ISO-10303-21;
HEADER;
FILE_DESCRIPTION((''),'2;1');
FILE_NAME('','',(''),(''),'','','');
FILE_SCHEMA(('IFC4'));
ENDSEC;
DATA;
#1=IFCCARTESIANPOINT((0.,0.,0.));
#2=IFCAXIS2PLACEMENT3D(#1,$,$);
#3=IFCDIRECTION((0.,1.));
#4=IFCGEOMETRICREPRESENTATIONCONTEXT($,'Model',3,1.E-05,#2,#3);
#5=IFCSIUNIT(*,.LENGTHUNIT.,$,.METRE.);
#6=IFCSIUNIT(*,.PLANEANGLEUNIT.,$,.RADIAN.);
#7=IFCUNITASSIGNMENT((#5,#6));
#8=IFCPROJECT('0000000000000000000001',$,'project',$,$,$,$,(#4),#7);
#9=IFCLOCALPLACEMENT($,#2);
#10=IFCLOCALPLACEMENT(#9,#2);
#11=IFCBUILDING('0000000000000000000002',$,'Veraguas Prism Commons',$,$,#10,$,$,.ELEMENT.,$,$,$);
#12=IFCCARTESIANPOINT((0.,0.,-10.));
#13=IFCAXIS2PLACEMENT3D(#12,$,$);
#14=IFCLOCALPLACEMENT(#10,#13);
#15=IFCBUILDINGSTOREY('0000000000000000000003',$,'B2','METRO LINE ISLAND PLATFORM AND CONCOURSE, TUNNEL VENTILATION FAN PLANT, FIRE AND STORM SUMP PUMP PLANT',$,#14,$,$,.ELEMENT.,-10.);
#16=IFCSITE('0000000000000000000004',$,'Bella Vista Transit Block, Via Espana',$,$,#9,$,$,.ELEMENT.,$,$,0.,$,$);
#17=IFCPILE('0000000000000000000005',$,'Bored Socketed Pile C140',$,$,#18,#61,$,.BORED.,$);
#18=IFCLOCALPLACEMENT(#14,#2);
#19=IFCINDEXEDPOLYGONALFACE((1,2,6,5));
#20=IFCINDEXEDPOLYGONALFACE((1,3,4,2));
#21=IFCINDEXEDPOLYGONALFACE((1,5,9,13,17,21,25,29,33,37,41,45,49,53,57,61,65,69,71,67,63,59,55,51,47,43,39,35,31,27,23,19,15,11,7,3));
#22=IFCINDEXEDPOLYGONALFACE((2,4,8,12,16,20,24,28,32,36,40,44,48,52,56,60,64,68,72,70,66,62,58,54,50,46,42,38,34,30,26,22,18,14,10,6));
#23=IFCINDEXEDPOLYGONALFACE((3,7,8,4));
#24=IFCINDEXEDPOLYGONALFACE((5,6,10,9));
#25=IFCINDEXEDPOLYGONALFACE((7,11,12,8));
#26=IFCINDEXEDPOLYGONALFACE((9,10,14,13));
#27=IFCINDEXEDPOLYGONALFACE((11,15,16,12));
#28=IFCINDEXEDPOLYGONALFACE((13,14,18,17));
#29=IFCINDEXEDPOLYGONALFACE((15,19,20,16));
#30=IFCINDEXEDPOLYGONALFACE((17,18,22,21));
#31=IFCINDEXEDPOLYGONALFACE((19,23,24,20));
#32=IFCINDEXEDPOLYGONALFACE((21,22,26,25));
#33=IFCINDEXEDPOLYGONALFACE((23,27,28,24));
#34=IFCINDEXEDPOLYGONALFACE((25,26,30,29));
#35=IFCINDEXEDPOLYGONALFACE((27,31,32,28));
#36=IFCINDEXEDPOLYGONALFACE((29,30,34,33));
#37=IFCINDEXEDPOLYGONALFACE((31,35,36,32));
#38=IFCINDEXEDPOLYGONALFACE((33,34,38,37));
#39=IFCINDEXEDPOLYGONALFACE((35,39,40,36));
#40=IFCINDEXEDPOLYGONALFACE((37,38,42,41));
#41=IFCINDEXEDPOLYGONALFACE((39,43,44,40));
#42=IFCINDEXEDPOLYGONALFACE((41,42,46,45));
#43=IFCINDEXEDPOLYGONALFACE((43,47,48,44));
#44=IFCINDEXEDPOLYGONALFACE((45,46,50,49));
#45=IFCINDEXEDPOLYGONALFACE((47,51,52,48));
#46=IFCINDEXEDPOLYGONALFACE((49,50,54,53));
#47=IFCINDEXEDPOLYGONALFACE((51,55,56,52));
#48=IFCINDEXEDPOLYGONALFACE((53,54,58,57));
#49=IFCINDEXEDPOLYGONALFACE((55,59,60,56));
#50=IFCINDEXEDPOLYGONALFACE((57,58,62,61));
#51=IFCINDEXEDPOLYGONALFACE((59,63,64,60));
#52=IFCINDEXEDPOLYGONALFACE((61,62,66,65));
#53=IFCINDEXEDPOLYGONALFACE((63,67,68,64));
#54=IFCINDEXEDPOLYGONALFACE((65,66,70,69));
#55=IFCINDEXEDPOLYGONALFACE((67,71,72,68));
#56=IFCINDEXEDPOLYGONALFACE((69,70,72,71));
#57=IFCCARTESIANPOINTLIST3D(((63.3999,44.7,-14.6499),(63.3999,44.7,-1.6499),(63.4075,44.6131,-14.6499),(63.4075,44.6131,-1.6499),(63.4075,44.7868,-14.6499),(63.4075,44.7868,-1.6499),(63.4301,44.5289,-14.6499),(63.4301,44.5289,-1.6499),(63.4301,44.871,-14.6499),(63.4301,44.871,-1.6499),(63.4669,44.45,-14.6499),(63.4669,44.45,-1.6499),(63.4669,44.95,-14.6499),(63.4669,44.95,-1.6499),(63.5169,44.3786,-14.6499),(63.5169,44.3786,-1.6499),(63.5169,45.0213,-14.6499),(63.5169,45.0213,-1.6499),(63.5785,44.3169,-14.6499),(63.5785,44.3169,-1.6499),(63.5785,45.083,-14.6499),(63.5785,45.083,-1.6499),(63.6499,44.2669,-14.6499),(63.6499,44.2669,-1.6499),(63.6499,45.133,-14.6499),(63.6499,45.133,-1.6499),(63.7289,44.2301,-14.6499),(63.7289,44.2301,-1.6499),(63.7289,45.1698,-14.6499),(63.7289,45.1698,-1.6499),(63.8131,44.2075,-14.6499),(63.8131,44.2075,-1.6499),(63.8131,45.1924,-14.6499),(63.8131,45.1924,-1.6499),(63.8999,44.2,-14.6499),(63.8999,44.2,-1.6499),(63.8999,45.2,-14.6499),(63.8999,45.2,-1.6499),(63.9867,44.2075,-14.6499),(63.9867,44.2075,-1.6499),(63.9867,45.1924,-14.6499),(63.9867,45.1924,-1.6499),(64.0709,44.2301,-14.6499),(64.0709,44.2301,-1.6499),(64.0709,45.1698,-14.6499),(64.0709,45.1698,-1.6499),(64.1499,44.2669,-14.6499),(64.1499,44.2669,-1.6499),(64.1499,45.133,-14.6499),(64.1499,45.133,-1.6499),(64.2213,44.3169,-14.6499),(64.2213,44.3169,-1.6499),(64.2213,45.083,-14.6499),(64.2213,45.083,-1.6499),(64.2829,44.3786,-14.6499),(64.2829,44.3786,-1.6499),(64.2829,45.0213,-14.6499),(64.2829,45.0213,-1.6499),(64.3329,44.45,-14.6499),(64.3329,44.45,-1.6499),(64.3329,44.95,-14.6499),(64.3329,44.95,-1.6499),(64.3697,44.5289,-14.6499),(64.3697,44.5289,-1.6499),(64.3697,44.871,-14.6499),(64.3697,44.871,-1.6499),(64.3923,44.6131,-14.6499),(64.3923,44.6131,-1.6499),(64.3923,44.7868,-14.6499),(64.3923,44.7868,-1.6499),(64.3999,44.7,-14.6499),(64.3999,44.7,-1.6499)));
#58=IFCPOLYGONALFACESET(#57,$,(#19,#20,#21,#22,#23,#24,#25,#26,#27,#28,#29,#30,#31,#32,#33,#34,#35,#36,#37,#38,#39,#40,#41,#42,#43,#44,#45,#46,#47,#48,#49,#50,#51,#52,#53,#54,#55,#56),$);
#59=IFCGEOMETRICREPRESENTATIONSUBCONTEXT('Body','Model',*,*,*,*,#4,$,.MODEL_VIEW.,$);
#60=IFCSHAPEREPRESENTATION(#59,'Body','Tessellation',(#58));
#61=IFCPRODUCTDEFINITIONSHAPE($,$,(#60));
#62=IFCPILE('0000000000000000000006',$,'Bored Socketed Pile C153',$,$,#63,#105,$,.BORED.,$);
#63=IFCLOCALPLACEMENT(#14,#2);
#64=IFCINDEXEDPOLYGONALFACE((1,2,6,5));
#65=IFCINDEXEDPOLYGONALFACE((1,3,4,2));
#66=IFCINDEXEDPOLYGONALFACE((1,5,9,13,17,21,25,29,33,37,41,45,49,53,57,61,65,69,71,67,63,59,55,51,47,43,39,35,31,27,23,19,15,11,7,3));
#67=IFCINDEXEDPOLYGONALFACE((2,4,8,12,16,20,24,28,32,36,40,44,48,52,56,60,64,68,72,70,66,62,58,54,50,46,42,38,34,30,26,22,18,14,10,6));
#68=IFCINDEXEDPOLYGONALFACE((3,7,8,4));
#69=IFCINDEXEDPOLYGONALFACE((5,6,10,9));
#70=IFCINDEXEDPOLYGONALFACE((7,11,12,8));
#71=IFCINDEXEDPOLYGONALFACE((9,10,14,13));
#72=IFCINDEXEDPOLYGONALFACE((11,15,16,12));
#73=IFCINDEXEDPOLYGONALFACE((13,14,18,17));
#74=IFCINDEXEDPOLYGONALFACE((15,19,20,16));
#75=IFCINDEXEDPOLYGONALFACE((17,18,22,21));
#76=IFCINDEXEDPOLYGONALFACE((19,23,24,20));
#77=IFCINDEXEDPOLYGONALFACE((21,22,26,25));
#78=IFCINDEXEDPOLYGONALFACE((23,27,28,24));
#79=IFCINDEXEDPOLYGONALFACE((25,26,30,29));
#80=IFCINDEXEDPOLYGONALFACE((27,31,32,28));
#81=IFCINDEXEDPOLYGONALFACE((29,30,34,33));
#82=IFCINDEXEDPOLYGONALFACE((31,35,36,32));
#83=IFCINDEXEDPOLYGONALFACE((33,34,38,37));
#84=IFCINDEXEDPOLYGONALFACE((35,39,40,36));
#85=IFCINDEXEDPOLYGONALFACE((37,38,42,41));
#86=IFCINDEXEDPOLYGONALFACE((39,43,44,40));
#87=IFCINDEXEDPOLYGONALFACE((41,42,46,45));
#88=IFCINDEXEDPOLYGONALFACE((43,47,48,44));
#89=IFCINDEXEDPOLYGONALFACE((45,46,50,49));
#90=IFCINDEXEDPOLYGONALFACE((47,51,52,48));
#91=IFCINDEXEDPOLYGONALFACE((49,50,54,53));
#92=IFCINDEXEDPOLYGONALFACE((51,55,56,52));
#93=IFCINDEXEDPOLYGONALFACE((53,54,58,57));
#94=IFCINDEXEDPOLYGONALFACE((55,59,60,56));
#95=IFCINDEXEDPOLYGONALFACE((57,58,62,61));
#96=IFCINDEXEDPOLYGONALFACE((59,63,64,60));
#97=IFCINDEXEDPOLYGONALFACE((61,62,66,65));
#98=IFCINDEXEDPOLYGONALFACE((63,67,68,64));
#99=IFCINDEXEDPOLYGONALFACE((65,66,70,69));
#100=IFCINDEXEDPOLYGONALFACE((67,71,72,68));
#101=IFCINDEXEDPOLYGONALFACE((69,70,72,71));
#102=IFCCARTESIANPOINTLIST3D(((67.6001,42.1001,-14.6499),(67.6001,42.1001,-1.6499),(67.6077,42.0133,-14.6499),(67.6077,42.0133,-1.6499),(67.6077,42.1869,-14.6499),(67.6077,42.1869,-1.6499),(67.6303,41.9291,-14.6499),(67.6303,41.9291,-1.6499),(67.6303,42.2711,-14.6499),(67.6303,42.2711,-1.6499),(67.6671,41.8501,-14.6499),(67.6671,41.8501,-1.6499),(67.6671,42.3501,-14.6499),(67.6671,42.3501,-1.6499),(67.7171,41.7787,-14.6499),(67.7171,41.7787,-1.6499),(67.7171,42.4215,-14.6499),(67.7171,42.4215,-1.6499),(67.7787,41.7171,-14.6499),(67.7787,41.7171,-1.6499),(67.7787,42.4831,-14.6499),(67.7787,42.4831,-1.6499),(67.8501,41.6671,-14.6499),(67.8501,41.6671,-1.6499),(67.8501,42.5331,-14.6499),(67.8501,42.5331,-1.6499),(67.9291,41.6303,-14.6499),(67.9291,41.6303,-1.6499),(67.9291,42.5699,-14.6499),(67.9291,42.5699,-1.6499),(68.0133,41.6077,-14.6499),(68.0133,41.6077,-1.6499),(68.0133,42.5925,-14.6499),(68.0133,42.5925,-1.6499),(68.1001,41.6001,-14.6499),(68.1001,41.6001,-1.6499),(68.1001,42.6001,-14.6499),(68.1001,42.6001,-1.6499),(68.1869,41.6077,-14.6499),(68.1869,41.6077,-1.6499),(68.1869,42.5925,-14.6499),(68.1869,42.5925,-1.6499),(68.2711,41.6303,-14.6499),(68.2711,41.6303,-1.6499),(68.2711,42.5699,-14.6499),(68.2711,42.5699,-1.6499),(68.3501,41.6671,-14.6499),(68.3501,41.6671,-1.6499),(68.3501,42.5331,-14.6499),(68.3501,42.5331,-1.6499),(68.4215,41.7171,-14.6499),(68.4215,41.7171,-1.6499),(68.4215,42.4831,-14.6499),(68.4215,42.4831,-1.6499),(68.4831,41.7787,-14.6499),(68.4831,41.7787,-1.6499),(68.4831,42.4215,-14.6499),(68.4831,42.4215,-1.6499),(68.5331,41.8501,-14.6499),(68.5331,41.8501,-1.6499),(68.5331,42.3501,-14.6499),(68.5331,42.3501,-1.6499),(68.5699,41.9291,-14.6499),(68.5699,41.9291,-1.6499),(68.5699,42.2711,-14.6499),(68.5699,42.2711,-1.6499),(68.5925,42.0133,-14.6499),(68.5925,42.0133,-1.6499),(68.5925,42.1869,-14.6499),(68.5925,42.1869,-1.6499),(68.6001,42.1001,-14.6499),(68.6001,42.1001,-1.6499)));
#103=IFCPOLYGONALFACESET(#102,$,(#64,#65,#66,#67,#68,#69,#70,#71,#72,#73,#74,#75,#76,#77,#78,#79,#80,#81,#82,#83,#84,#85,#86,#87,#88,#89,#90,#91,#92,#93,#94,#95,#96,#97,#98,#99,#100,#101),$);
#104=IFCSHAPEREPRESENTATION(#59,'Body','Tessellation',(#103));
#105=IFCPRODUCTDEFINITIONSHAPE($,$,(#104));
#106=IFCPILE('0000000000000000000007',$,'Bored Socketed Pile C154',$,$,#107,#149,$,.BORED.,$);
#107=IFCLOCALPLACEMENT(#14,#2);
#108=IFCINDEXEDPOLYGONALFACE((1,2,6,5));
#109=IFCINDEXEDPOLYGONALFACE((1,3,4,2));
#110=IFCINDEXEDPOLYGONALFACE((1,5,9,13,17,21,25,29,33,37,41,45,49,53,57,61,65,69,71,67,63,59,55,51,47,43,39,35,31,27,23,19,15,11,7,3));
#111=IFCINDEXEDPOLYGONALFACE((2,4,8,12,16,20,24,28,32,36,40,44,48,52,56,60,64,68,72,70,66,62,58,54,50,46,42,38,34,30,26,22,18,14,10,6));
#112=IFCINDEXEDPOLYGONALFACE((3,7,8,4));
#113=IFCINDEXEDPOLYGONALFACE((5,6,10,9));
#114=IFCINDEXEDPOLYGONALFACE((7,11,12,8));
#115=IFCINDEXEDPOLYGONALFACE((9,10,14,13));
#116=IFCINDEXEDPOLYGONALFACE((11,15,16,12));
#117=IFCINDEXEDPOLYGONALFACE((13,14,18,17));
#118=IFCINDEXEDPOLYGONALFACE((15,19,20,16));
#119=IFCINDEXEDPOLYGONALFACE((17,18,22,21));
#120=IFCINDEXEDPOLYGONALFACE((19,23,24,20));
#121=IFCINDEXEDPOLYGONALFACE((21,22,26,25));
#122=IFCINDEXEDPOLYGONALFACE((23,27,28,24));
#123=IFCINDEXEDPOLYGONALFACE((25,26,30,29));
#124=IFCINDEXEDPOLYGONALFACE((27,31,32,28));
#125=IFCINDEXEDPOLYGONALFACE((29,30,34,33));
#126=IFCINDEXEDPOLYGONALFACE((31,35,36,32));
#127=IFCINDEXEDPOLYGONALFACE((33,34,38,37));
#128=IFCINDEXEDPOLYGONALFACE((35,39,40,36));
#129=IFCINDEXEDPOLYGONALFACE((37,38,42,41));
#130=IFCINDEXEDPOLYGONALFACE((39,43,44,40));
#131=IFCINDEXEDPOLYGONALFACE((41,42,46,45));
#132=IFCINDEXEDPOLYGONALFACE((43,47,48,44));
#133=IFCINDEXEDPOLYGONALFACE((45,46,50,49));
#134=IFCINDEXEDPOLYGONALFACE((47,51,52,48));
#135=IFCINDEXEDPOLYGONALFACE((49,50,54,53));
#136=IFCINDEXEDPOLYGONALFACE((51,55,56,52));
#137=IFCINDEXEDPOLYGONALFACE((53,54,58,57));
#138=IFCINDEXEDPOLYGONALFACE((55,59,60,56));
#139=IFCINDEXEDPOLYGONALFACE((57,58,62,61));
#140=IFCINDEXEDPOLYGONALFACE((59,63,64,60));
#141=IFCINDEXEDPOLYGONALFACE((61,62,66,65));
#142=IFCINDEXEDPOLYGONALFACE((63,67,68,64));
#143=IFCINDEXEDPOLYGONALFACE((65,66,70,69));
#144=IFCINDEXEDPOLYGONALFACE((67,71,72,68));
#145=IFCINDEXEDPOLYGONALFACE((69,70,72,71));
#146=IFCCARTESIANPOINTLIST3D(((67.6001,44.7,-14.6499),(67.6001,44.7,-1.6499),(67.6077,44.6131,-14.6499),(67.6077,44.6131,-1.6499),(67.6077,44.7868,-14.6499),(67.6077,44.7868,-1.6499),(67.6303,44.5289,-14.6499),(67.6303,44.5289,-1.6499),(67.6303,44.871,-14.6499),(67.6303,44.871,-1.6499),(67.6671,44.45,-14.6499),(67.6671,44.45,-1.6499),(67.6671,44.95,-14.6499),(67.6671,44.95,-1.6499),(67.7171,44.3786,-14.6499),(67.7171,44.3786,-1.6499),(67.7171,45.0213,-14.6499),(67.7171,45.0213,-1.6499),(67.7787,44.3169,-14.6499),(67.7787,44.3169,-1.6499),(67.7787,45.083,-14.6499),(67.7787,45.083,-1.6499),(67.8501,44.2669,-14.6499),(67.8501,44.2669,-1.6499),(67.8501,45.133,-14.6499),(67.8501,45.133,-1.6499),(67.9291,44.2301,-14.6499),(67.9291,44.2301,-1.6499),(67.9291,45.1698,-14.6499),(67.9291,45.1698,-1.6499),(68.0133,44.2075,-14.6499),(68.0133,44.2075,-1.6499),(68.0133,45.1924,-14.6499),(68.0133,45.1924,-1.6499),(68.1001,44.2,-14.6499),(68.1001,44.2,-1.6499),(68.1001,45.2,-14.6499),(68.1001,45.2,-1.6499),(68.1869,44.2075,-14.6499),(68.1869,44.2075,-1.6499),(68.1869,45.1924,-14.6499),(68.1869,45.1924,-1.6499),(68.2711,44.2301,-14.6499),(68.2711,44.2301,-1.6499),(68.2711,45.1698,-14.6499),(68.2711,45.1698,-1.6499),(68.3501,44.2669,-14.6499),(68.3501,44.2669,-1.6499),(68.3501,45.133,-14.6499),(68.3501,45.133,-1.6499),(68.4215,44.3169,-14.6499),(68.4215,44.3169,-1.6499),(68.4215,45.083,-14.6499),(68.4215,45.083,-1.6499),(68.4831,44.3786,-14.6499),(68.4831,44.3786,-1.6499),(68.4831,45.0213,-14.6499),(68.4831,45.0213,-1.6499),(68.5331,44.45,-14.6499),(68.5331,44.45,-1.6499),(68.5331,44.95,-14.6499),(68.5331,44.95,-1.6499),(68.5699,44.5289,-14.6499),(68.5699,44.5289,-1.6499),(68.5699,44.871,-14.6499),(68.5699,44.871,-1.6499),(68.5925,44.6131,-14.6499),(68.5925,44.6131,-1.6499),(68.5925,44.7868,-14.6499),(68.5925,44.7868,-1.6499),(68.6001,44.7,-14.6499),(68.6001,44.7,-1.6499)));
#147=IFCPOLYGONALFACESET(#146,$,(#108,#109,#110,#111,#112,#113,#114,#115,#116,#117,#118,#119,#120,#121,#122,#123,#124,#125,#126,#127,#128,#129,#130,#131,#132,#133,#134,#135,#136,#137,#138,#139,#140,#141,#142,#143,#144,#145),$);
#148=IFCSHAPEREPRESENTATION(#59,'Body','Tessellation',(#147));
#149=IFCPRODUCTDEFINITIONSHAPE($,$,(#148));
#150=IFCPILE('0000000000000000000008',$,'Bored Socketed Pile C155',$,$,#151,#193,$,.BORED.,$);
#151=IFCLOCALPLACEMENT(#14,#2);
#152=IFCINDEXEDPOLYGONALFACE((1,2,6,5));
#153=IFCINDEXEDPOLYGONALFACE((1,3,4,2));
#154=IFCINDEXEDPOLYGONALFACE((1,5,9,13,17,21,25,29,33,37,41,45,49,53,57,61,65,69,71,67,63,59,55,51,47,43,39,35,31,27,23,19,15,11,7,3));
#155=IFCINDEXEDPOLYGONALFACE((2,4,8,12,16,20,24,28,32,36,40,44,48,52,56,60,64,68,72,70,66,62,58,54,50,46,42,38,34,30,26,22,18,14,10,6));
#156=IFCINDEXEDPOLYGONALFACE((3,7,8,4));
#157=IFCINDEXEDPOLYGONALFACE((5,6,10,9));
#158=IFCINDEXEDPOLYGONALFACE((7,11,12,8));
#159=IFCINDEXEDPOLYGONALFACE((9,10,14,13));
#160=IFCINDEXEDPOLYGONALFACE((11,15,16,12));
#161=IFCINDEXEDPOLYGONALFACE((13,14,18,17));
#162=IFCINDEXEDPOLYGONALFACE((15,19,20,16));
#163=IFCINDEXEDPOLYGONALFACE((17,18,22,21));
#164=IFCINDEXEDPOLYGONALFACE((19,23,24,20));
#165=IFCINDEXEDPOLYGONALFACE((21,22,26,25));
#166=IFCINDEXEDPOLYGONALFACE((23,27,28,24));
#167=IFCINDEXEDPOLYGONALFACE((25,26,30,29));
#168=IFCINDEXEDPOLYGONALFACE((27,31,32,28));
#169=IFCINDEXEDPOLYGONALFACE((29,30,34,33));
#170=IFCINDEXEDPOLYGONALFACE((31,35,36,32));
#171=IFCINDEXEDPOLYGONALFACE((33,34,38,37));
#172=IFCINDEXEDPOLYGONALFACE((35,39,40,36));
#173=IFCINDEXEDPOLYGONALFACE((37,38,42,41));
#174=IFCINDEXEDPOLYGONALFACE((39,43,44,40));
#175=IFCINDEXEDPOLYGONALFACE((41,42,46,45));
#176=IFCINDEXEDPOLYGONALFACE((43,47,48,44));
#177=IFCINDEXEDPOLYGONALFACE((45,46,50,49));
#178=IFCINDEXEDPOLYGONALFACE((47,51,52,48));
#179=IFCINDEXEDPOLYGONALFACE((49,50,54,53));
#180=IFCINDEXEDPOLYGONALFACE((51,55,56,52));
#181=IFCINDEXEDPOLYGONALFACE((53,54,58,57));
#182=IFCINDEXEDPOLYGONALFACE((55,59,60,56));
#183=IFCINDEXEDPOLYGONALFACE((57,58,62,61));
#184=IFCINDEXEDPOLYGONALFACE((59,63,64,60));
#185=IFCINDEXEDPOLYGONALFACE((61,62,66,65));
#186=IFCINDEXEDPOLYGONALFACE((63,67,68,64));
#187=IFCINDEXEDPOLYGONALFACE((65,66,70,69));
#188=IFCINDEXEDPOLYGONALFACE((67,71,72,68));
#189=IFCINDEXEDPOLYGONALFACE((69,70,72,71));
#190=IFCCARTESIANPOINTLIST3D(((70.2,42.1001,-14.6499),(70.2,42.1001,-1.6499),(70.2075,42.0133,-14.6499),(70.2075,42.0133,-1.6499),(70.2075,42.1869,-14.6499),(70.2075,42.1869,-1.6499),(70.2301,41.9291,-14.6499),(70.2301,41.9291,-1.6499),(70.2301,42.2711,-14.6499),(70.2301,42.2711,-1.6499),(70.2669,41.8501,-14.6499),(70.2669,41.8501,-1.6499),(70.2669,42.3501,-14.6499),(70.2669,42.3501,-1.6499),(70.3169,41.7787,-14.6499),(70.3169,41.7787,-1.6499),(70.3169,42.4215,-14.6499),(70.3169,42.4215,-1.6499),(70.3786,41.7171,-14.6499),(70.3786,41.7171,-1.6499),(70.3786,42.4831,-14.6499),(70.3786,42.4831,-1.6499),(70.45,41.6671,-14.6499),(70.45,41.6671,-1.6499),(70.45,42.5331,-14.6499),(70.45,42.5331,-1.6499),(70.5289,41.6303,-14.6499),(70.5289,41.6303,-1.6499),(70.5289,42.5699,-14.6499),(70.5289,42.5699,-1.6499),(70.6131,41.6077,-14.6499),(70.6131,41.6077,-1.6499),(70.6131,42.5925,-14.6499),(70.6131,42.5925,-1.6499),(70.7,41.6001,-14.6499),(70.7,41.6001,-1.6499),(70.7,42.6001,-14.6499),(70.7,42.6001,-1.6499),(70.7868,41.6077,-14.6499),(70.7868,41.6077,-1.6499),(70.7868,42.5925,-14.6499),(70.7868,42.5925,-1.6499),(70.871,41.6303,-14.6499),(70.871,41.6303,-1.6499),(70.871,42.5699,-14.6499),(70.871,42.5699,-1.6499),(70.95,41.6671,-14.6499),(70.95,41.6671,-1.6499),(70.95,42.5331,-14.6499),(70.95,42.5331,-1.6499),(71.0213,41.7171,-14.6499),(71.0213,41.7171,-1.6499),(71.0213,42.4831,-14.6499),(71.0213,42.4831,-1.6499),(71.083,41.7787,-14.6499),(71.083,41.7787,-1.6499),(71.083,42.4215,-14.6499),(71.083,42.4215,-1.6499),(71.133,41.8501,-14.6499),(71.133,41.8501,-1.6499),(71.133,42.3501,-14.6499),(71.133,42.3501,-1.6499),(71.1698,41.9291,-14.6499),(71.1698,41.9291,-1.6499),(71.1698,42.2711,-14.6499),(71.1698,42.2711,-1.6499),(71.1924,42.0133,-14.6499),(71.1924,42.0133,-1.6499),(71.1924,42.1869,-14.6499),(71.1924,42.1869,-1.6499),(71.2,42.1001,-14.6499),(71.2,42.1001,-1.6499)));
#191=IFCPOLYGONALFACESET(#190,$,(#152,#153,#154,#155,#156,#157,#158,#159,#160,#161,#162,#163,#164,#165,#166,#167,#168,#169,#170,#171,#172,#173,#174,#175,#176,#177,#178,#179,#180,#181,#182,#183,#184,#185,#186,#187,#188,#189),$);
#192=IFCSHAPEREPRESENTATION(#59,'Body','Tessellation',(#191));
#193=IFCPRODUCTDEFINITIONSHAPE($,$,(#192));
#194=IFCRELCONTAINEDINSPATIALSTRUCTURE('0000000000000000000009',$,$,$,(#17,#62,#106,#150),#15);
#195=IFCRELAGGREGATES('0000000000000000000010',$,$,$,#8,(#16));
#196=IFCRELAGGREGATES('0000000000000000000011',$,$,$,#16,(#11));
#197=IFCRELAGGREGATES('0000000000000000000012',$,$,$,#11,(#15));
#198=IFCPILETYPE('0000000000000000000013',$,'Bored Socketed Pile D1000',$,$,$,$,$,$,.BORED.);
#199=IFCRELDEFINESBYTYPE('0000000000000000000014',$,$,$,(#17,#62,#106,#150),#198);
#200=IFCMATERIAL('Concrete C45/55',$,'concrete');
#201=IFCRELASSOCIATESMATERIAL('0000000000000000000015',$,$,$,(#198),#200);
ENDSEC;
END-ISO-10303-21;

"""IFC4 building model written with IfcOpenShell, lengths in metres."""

from ifc_helpers import new_model, si_unit, direction, frame, origin, origin_2d, place, context, subcontext, project, spatial, circle, extrude, source, transform, mapped, material, material_profile, profile_set, type_object, element, save


model = new_model("IFC4")

# Units and contexts
model_context = context("Model", 3, precision=1e-05, world=origin(), true_north=direction((0.0, 1.0)))
body_context = subcontext(model_context, "Body", "Model", "MODEL_VIEW")
ifc_project = project(units=[si_unit("LENGTHUNIT", "METRE"), si_unit("PLANEANGLEUNIT", "RADIAN")], contexts=[model_context])

# Site, building, storey
site_placement = place(None, origin())
site = spatial("IfcSite", under=ifc_project, at=site_placement, Name="Bella Vista Transit Block, Via Espana", CompositionType="ELEMENT", RefElevation=0.0)
building_placement = place(site_placement, origin())
building = spatial("IfcBuilding", under=site, at=building_placement, Name="Veraguas Prism Commons", CompositionType="ELEMENT")
storey_placement = place(building_placement, frame((0.0, 0.0, -10.0)))
storey = spatial("IfcBuildingStorey", under=building, at=storey_placement, Name="B2", Description="METRO LINE ISLAND PLATFORM AND CONCOURSE, TUNNEL VENTILATION FAN PLANT, FIRE AND STORM SUMP PUMP PLANT", CompositionType="ELEMENT", Elevation=-10.0)

# Shared definitions
ifc_material_1 = material(Name="Concrete C45/55", Category="concrete")

# Piles
ifc_material_profile_1 = material_profile(ifc_material_1, circle(Radius=0.5, at=origin_2d()), Name="PILE1000")
ifc_profile_set_1 = profile_set([ifc_material_profile_1], Name="Concrete C45/55")
pile_type = type_object("IfcPileType", Name="Bored Socketed Pile D1000", PredefinedType="BORED", material=ifc_profile_set_1)
shared_shape_1 = source(origin(), body_context, "Body", "SweptSolid", [
    extrude(circle(Radius=0.5, at=origin_2d()), origin(), (0.0, 0.0, 1.0), 13.0),
])
for number, where, z_axis, x_axis, name in (
    (1, (63.8999, 44.7, -1.6499), (0.0, 0.0, -1.0), (1.0, 0.0, 0.0), "Bored Socketed Pile C140"),
    (2, (68.1001, 42.1001, -1.6499), (0.0, 0.0, -1.0), (1.0, 0.0, 0.0), "Bored Socketed Pile C153"),
    (3, (68.1001, 44.7, -1.6499), (0.0, 0.0, -1.0), (1.0, 0.0, 0.0), "Bored Socketed Pile C154"),
    (4, (70.7, 42.1001, -1.6499), (0.0, 0.0, -1.0), (1.0, 0.0, 0.0), "Bored Socketed Pile C155"),
):
    element("IfcPile", number, at=place(storey_placement, frame(where, z_axis=z_axis, x_axis=x_axis)), inside=storey, type_object=pile_type, Name=name, PredefinedType="BORED", context=body_context, shape_type="MappedRepresentation", body=[
        mapped(shared_shape_1, transform((0.0, 0.0, 0.0), scale=1.0)),
    ])

save(model, "model.ifc")
